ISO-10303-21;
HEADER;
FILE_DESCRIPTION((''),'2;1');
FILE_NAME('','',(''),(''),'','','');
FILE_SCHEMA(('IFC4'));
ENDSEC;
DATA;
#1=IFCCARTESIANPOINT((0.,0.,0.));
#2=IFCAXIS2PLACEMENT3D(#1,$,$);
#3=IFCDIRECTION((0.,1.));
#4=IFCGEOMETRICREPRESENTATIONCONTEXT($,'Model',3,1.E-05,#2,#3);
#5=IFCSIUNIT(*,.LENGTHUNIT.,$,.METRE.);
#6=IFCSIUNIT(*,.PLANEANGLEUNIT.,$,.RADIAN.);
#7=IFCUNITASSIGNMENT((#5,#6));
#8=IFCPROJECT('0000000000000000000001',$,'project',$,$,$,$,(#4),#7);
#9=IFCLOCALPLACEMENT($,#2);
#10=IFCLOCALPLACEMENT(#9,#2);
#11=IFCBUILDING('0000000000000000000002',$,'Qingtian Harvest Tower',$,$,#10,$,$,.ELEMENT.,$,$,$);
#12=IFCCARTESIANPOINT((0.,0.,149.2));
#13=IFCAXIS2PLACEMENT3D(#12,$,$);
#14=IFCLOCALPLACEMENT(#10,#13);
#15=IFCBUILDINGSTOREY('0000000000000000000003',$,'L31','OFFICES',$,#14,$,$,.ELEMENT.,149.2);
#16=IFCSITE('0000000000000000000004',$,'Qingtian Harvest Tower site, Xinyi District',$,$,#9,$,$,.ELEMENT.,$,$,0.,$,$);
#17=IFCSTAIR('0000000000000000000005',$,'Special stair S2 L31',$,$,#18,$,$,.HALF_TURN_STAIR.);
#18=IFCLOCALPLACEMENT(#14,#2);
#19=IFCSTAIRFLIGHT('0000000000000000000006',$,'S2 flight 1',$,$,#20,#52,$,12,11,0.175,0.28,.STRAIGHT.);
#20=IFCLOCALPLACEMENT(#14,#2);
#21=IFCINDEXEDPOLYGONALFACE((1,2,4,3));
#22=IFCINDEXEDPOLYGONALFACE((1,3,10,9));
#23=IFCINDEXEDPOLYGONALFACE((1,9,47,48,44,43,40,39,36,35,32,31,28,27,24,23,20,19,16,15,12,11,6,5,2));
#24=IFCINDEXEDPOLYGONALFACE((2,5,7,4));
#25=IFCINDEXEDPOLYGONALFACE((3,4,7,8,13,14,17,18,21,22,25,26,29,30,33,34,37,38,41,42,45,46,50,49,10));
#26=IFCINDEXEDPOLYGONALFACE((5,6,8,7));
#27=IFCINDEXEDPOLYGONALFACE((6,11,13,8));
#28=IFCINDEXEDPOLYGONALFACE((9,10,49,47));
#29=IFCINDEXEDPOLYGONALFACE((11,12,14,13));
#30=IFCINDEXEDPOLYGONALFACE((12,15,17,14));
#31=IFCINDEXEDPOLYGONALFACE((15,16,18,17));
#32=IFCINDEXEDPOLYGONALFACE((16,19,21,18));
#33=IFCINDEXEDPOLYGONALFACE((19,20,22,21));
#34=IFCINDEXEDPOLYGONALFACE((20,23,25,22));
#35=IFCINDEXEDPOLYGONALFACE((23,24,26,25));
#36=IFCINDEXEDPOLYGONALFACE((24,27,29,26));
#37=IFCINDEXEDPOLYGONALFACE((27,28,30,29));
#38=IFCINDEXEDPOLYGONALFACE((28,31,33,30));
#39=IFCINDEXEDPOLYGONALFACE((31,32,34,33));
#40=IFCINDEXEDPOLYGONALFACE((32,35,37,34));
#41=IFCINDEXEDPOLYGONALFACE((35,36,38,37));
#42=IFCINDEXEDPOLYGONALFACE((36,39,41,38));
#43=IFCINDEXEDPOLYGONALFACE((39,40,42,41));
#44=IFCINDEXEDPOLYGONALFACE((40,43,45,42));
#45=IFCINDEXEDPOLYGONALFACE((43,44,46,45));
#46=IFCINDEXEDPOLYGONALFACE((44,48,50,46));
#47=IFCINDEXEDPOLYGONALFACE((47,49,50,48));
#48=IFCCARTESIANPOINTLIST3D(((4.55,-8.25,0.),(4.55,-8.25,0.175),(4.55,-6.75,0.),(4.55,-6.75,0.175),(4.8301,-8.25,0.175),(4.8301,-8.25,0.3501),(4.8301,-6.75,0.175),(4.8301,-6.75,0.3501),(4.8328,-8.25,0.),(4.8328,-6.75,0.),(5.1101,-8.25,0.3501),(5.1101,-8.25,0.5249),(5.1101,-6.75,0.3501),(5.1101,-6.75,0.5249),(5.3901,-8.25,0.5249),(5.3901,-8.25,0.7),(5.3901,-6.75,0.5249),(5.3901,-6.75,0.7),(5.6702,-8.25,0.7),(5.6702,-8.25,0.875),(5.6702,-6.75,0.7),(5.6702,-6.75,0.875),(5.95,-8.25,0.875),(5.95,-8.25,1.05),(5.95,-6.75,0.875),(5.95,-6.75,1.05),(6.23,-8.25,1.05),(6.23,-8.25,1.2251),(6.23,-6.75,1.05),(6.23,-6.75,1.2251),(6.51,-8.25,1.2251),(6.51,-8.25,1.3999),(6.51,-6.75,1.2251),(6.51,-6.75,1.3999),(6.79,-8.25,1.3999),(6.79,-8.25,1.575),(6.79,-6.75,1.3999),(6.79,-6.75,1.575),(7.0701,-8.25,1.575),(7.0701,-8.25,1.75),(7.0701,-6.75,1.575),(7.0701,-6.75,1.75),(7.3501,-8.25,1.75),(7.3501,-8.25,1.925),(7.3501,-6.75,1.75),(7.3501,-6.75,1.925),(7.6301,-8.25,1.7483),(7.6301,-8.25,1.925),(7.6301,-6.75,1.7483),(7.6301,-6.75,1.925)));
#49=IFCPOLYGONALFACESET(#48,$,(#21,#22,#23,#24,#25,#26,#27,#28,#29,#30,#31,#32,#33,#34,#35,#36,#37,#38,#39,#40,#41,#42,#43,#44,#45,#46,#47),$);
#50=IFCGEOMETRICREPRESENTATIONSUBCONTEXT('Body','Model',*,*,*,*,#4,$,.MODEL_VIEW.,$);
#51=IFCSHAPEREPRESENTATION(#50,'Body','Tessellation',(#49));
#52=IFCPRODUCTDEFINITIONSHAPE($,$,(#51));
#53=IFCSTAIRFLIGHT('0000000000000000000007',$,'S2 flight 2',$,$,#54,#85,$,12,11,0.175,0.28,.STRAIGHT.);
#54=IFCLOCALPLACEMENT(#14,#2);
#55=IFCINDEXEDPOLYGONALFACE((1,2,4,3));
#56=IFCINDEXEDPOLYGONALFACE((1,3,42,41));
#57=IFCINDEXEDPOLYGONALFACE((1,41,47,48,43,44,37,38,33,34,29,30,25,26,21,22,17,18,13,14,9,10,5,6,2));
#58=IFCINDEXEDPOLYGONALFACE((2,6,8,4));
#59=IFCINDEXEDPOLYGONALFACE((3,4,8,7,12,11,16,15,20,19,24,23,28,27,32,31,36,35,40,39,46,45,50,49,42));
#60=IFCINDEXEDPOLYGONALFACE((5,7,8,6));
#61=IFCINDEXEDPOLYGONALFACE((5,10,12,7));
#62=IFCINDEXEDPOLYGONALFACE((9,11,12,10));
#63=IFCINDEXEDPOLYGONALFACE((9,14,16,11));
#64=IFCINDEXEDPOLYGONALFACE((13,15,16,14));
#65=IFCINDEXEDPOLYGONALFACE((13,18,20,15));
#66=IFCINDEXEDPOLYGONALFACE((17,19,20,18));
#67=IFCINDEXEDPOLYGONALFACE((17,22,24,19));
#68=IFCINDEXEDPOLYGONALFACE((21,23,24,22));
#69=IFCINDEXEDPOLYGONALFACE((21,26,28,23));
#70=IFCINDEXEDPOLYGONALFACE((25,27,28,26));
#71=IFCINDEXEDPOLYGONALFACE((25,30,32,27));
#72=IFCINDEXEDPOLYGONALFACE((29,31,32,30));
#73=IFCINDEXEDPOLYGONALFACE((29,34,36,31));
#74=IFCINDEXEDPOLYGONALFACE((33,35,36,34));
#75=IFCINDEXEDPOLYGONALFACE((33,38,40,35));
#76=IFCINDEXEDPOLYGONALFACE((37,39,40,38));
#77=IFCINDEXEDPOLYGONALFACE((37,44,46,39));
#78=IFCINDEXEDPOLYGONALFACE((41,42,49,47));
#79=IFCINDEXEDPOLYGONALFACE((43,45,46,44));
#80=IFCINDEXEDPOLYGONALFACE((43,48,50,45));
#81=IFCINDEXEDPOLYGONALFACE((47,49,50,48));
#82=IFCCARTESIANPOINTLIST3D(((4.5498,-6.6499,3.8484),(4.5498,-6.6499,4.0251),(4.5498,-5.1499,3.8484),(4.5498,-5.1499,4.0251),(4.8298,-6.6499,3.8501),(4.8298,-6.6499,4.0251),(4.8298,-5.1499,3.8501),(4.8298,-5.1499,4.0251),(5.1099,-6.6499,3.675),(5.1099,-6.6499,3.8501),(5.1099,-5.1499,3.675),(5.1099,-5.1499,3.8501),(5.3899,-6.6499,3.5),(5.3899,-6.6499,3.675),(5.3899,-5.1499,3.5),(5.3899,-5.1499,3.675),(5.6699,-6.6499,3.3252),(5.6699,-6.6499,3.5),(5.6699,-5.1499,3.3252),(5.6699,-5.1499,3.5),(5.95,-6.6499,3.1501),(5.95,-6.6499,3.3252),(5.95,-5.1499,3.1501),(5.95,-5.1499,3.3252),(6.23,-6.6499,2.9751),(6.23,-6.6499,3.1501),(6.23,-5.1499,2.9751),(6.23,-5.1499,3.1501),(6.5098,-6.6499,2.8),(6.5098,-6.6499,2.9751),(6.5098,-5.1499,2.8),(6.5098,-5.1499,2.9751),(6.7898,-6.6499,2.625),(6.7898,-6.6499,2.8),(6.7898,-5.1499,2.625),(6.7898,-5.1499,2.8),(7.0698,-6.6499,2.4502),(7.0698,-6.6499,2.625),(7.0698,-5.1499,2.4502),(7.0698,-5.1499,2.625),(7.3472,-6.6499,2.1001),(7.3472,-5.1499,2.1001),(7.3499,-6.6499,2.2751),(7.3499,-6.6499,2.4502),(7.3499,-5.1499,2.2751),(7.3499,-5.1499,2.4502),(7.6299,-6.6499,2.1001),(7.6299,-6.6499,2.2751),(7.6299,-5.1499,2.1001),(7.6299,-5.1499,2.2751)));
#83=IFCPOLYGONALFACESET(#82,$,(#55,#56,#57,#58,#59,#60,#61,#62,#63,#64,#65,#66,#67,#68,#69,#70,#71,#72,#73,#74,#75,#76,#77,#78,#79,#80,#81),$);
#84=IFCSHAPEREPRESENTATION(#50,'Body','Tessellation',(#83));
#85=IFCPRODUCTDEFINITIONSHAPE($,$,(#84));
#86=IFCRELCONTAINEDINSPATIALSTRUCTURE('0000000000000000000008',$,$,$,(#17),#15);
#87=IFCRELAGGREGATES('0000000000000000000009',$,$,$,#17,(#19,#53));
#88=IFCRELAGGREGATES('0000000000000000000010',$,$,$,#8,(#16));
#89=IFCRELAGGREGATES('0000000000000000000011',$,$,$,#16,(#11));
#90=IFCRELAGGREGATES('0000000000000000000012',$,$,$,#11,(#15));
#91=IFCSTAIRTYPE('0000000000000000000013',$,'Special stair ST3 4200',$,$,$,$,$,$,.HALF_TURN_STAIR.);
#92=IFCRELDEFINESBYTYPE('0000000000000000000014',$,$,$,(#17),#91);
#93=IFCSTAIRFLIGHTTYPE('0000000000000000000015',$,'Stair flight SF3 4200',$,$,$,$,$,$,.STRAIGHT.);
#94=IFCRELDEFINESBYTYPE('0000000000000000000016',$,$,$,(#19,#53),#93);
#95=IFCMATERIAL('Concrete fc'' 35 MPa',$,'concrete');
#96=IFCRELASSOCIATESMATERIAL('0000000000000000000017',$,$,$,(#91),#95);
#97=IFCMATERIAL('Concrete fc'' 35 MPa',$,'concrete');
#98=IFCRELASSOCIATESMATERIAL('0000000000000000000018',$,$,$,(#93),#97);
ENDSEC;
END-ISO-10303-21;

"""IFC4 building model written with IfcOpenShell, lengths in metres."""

from ifc_helpers import new_model, si_unit, direction, frame, origin, place, context, subcontext, project, spatial, polyline, outline, extrude, material, type_object, element, aggregate, save


model = new_model("IFC4")

# Units and contexts
model_context = context("Model", 3, precision=1e-05, world=origin(), true_north=direction((0.0, 1.0)))
body_context = subcontext(model_context, "Body", "Model", "MODEL_VIEW")
ifc_project = project(units=[si_unit("LENGTHUNIT", "METRE"), si_unit("PLANEANGLEUNIT", "RADIAN")], contexts=[model_context])

# Site, building, storey
site_placement = place(None, origin())
site = spatial("IfcSite", under=ifc_project, at=site_placement, Name="Qingtian Harvest Tower site, Xinyi District", CompositionType="ELEMENT", RefElevation=0.0)
building_placement = place(site_placement, origin())
building = spatial("IfcBuilding", under=site, at=building_placement, Name="Qingtian Harvest Tower", CompositionType="ELEMENT")
storey_placement = place(building_placement, frame((0.0, 0.0, 149.2)))
storey = spatial("IfcBuildingStorey", under=building, at=storey_placement, Name="L31", Description="OFFICES", CompositionType="ELEMENT", Elevation=149.2)

# Stair, stair flights
ifc_material_1 = material(Name="Concrete fc' 35 MPa", Category="concrete")
stair_type = type_object("IfcStairType", Name="Special stair ST3 4200", PredefinedType="HALF_TURN_STAIR", material=ifc_material_1)
stair_placement = place(storey_placement, origin())
stair = element("IfcStair", 1, at=stair_placement, inside=storey, type_object=stair_type, Name="Special stair S2 L31", PredefinedType="HALF_TURN_STAIR")
ifc_material_2 = material(Name="Concrete fc' 35 MPa", Category="concrete")
stair_flight_type = type_object("IfcStairFlightType", Name="Stair flight SF3 4200", PredefinedType="STRAIGHT", material=ifc_material_2)
stair_flight_1_placement = place(storey_placement, frame((4.55, -7.5, 0.0), z_axis=(0.0, 0.0, 1.0), x_axis=(1.0, 0.0, 0.0)))
stair_flight_1 = element("IfcStairFlight", 2, at=stair_flight_1_placement, type_object=stair_flight_type, Name="S2 flight 1", NumberOfRisers=12, NumberOfTreads=11, PredefinedType="STRAIGHT", RiserHeight=0.175, TreadLength=0.28, context=body_context, shape_type="SweptSolid", body=[
    extrude(outline(polyline([(0.0, 0.0), (0.0, 0.175), (0.28, 0.175), (0.28, 0.3501), (0.5601, 0.3501), (0.5601, 0.5249), (0.8401, 0.5249), (0.8401, 0.7), (1.1201, 0.7), (1.1201, 0.875), (1.3999, 0.875), (1.3999, 1.05), (1.6799, 1.05), (1.6799, 1.2251), (1.96, 1.2251), (1.96, 1.3999), (2.24, 1.3999), (2.24, 1.575), (2.52, 1.575), (2.52, 1.75), (2.8, 1.75), (2.8, 1.925), (3.0801, 1.925), (3.0801, 2.1001), (3.0801, 1.7483), (0.2827, 0.0), (0.0, 0.0)])), frame((0.0, 0.75, 0.0), z_axis=(0.0, -1.0, 0.0), x_axis=(1.0, 0.0, 0.0)), (0.0, 0.0, 1.0), 1.5),
])
stair_flight_2_placement = place(storey_placement, frame((7.6299, -5.8999, 2.1001), z_axis=(0.0, 0.0, 1.0), x_axis=(-1.0, 0.0, 0.0)))
stair_flight_2 = element("IfcStairFlight", 3, at=stair_flight_2_placement, type_object=stair_flight_type, Name="S2 flight 2", NumberOfRisers=12, NumberOfTreads=11, PredefinedType="STRAIGHT", RiserHeight=0.175, TreadLength=0.28, context=body_context, shape_type="SweptSolid", body=[
    extrude(outline(polyline([(0.0, 0.0), (0.0, 0.175), (0.28, 0.175), (0.28, 0.3501), (0.5601, 0.3501), (0.5601, 0.5249), (0.8401, 0.5249), (0.8401, 0.7), (1.1201, 0.7), (1.1201, 0.875), (1.3999, 0.875), (1.3999, 1.05), (1.6799, 1.05), (1.6799, 1.2251), (1.96, 1.2251), (1.96, 1.3999), (2.24, 1.3999), (2.24, 1.575), (2.52, 1.575), (2.52, 1.75), (2.8, 1.75), (2.8, 1.925), (3.0801, 1.925), (3.0801, 2.1001), (3.0801, 1.7483), (0.2827, 0.0), (0.0, 0.0)])), frame((0.0, 0.75, 0.0), z_axis=(0.0, -1.0, 0.0), x_axis=(1.0, 0.0, 0.0)), (0.0, 0.0, 1.0), 1.5),
])
aggregate(stair, [stair_flight_1, stair_flight_2])

save(model, "model.ifc")
